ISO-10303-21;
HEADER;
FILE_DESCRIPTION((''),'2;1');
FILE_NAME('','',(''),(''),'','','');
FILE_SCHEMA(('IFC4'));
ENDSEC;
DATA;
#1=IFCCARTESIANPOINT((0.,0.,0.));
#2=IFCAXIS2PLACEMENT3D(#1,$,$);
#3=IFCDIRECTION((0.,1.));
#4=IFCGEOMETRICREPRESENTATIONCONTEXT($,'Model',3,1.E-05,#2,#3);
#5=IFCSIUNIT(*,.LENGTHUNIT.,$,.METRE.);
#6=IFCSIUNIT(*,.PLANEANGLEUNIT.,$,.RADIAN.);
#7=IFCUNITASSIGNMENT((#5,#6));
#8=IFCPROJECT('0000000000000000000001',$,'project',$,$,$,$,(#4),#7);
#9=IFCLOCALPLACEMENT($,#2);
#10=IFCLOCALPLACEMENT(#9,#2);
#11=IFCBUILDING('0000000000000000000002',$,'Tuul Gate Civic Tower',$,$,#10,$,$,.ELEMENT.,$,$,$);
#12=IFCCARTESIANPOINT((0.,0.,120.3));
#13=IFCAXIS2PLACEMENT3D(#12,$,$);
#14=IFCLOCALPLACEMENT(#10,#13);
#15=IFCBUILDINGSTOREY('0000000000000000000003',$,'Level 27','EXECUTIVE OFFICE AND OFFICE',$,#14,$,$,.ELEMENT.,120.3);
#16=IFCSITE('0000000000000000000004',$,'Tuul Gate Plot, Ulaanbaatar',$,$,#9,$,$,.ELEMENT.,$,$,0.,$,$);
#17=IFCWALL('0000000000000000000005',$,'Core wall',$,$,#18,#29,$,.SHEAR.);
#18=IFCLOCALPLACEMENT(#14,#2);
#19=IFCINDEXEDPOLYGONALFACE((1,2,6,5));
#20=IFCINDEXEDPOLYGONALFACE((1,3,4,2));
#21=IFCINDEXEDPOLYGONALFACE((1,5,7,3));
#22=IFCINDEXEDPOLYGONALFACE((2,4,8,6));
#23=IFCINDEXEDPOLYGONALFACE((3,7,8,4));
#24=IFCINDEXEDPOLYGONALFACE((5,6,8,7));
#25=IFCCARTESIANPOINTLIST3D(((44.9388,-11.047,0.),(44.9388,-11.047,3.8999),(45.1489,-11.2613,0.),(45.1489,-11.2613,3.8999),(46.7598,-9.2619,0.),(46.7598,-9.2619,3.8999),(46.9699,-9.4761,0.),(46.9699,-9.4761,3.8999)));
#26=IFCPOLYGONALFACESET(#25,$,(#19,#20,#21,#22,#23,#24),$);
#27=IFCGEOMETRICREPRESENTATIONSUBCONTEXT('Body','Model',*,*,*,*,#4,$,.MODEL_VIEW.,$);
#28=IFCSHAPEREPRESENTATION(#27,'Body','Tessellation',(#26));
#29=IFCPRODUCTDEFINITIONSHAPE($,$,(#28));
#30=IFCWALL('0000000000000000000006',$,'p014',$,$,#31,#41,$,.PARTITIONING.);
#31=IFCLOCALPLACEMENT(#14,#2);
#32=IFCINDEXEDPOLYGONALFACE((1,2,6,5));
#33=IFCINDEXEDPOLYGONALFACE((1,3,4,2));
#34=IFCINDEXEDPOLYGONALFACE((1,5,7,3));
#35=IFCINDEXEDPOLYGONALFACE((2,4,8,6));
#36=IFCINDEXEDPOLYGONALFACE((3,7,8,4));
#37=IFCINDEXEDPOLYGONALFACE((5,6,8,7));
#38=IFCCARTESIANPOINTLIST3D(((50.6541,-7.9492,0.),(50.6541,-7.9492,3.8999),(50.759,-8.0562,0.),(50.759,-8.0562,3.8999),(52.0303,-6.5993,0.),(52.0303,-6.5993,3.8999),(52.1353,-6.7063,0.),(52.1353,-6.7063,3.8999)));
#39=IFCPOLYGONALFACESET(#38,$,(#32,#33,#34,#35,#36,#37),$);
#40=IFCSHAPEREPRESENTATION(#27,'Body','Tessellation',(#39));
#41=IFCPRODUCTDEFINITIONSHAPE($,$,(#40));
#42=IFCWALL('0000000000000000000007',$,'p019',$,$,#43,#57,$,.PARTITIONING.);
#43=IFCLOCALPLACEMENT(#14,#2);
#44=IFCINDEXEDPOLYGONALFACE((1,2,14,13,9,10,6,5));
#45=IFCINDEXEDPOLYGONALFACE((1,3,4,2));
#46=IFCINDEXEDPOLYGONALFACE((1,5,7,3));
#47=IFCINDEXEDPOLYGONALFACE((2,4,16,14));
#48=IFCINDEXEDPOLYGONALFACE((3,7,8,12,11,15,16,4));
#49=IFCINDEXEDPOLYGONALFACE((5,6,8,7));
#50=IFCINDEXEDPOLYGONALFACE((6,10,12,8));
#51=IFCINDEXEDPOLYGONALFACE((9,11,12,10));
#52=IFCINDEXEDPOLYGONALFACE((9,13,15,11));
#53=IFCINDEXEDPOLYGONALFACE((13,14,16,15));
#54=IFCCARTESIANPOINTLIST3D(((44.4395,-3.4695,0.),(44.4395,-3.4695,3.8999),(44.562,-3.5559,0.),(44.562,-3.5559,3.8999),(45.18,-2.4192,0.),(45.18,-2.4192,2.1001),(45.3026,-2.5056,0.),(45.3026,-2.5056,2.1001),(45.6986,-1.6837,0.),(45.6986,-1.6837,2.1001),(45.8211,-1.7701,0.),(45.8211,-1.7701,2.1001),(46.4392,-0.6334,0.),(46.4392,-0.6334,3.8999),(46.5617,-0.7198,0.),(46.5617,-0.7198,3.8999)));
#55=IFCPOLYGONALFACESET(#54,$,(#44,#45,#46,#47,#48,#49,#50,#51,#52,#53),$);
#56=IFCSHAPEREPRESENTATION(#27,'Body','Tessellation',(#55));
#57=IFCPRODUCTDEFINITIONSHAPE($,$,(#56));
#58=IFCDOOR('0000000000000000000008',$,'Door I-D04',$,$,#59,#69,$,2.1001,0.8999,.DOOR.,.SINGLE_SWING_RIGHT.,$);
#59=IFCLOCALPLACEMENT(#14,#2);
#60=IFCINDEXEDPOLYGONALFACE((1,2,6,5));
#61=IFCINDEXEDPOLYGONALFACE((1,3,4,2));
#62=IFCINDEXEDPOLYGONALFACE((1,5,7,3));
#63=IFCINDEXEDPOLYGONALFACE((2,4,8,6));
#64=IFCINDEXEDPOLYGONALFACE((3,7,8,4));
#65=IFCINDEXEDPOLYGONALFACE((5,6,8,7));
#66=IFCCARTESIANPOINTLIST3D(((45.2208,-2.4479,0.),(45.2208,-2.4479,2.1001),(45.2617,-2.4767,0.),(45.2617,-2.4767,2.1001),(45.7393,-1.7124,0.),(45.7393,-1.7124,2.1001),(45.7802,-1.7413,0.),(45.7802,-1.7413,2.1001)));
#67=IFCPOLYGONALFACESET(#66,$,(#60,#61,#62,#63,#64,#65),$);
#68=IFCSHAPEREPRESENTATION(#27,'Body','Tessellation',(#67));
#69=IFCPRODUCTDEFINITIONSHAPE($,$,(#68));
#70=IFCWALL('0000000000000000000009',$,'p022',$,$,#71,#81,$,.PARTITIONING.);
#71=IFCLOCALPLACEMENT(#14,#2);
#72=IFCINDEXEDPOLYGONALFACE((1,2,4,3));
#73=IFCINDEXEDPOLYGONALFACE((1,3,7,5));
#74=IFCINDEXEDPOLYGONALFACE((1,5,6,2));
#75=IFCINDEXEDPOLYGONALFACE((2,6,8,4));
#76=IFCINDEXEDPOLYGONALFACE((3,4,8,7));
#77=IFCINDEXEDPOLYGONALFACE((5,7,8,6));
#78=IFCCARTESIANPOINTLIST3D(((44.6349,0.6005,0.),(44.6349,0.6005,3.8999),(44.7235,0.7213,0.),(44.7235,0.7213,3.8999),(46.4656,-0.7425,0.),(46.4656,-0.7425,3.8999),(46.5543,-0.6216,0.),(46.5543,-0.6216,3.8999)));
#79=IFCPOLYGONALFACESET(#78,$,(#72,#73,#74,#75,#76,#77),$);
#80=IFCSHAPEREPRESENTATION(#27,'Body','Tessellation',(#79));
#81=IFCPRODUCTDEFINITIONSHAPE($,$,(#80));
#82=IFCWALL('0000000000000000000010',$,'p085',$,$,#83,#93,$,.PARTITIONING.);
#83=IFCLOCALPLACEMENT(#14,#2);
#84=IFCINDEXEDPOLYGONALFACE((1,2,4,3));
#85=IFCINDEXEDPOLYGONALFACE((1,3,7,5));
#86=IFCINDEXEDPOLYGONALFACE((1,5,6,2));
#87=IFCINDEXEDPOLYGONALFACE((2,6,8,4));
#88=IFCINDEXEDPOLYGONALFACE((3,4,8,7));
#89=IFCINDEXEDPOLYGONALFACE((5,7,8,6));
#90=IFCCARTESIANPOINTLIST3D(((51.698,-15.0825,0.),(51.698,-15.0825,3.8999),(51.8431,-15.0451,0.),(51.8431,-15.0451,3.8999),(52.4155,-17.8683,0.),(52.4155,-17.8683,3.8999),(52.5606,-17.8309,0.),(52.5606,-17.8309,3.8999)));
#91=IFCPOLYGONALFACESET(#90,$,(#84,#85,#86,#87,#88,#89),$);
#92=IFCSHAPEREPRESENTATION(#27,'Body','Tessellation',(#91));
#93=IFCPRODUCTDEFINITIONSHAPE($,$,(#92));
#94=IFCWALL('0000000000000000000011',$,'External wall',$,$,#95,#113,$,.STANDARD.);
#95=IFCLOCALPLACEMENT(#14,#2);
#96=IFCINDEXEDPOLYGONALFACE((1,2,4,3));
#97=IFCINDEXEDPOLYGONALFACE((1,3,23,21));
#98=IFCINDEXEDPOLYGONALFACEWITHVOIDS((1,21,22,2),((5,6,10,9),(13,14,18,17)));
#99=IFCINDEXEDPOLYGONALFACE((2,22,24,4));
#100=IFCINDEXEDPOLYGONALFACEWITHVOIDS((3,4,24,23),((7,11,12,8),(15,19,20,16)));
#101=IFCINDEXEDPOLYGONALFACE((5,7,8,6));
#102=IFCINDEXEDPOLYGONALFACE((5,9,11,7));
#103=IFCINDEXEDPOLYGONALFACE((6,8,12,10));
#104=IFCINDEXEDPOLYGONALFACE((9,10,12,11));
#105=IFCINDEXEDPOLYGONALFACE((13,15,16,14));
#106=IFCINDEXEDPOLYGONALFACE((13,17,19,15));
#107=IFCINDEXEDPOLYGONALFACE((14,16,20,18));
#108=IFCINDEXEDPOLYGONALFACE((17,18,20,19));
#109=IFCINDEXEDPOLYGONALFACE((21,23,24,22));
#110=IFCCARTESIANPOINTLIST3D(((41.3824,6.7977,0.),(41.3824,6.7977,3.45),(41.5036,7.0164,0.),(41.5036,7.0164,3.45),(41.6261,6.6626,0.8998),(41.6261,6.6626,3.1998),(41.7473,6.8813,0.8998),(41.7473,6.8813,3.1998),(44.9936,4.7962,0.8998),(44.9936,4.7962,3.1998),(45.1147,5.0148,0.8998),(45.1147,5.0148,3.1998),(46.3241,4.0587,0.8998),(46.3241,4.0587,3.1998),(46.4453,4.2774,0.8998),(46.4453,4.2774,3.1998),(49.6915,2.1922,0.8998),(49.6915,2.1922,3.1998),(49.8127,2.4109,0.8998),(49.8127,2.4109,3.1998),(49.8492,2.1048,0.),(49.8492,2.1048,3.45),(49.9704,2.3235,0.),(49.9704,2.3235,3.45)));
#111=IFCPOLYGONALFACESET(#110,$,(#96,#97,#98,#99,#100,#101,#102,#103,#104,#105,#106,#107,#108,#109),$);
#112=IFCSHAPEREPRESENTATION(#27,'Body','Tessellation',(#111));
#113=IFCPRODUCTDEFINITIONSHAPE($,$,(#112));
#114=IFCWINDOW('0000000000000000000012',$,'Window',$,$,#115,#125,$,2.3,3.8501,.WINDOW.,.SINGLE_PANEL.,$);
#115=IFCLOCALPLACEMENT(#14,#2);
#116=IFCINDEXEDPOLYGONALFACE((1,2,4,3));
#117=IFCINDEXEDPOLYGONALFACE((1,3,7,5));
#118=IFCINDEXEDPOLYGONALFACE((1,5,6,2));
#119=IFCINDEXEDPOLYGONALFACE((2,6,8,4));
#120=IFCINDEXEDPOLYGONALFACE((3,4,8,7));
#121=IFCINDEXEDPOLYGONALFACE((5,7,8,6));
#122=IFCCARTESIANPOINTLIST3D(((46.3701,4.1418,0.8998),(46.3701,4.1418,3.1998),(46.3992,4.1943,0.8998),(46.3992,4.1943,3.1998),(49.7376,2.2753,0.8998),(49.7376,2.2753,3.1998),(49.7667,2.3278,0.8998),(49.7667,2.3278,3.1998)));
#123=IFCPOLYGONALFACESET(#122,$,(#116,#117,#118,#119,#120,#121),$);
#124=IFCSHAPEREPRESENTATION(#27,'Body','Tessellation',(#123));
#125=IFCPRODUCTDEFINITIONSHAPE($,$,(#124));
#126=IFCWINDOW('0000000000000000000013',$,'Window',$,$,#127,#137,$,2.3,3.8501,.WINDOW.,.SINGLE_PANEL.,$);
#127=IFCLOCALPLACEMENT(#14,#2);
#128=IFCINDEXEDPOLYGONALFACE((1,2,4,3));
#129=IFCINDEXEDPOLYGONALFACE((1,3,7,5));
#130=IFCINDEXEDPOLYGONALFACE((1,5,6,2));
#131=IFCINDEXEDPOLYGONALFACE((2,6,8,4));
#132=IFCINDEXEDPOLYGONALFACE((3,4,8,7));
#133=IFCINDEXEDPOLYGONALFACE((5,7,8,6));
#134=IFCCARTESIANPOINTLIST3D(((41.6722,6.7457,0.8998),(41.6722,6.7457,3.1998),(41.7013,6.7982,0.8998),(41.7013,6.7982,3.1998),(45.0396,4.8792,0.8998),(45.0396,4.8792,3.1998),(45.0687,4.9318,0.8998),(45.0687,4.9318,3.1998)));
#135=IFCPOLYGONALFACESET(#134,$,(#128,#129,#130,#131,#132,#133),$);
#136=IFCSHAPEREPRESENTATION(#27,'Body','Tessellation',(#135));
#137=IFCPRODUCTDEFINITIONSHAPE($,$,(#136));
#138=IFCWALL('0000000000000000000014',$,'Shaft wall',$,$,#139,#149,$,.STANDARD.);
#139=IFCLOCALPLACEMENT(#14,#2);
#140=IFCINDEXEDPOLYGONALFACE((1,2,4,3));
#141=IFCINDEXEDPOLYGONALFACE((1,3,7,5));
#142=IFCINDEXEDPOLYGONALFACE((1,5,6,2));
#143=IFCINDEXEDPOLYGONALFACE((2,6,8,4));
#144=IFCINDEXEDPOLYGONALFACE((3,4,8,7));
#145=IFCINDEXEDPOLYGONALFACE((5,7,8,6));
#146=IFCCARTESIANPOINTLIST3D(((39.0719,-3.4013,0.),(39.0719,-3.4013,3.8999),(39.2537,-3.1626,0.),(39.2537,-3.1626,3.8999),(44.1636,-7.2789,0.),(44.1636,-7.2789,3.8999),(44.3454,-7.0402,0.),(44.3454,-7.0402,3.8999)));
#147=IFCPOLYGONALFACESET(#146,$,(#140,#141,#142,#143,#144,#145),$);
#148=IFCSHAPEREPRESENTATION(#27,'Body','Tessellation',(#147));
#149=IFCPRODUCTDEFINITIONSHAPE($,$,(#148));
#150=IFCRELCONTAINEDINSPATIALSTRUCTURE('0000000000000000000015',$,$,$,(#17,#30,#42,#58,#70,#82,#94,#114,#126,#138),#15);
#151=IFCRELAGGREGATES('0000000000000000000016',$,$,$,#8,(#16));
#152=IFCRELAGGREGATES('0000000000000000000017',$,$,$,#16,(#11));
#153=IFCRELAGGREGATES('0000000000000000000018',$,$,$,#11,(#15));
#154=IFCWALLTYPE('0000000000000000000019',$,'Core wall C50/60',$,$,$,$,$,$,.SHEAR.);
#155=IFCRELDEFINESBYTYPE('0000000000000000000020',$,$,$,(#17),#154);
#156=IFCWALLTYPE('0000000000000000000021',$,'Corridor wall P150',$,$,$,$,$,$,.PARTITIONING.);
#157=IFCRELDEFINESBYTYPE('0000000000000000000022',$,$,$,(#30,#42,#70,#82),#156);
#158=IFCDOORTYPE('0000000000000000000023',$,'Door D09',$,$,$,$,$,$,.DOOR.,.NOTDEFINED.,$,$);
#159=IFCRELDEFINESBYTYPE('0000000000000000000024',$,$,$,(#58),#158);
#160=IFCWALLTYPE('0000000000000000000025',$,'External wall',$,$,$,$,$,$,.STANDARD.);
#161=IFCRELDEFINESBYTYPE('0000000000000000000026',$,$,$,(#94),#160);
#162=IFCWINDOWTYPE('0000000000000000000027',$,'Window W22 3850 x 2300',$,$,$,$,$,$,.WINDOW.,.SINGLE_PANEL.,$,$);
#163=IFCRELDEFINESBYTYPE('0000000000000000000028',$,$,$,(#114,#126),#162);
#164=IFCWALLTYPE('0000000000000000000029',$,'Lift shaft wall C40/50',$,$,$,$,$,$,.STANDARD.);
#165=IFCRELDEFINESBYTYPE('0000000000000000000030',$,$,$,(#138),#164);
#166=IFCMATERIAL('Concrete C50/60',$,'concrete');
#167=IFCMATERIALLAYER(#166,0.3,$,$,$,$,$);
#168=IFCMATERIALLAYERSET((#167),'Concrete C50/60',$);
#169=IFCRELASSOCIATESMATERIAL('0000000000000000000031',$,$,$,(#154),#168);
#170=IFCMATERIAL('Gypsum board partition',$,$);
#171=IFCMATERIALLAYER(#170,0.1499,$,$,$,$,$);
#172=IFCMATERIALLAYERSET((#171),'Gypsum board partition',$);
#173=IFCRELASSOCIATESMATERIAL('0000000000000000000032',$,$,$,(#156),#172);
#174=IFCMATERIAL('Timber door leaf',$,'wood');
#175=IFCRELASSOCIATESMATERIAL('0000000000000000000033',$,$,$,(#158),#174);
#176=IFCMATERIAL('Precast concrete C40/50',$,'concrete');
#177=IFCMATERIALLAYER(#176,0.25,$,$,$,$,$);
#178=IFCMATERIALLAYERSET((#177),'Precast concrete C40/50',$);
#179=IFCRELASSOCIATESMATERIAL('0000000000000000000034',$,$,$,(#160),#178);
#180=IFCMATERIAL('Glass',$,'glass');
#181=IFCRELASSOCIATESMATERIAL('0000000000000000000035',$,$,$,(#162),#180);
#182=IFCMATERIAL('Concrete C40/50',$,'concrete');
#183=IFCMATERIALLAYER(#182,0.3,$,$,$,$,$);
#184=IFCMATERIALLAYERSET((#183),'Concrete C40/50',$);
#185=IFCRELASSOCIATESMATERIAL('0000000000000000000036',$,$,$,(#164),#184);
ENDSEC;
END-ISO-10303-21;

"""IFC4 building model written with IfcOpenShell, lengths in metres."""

from ifc_helpers import new_model, si_unit, direction, frame, frame_2d, origin, place, context, subcontext, project, spatial, rectangle, extrude, material, layer, layer_set, type_object, element, fill, save


model = new_model("IFC4")

# Units and contexts
model_context = context("Model", 3, precision=1e-05, world=origin(), true_north=direction((0.0, 1.0)))
body_context = subcontext(model_context, "Body", "Model", "MODEL_VIEW")
ifc_project = project(units=[si_unit("LENGTHUNIT", "METRE"), si_unit("PLANEANGLEUNIT", "RADIAN")], contexts=[model_context])

# Site, building, storey
site_placement = place(None, origin())
site = spatial("IfcSite", under=ifc_project, at=site_placement, Name="Tuul Gate Plot, Ulaanbaatar", CompositionType="ELEMENT", RefElevation=0.0)
building_placement = place(site_placement, origin())
building = spatial("IfcBuilding", under=site, at=building_placement, Name="Tuul Gate Civic Tower", CompositionType="ELEMENT")
storey_placement = place(building_placement, frame((0.0, 0.0, 120.3)))
storey = spatial("IfcBuildingStorey", under=building, at=storey_placement, Name="Level 27", Description="EXECUTIVE OFFICE AND OFFICE", CompositionType="ELEMENT", Elevation=120.3)

# Shared definitions
ifc_material_1 = material(Name="Concrete C50/60", Category="concrete")
ifc_layer_1 = layer(ifc_material_1, 0.3)
ifc_layer_set_1 = layer_set([ifc_layer_1], Name="Concrete C50/60")
wall_type_1 = type_object("IfcWallType", Name="Core wall C50/60", PredefinedType="SHEAR", material=ifc_layer_set_1)

# Walls
wall_1_placement = place(storey_placement, frame((45.0439, -11.1541, 0.0), z_axis=(0.0, 0.0, 1.0), x_axis=(0.714108, 0.700035, 0.0)))
element("IfcWall", 1, at=wall_1_placement, inside=storey, type_object=wall_type_1, Name="Core wall", PredefinedType="SHEAR", context=body_context, shape_type="SweptSolid", body=[
    extrude(rectangle(XDim=2.55, YDim=0.3, at=frame_2d((1.2749, 0.0))), origin(), (0.0, 0.0, 1.0), 3.8999),
])
ifc_material_2 = material(Name="Gypsum board partition")
ifc_layer_2 = layer(ifc_material_2, 0.1499)
ifc_layer_set_2 = layer_set([ifc_layer_2], Name="Gypsum board partition")
wall_type_2 = type_object("IfcWallType", Name="Corridor wall P150", PredefinedType="PARTITIONING", material=ifc_layer_set_2)
wall_2_placement = place(storey_placement, frame((50.7065, -8.0027, 0.0), z_axis=(0.0, 0.0, 1.0), x_axis=(0.713913, 0.700235, 0.0)))
element("IfcWall", 2, at=wall_2_placement, inside=storey, type_object=wall_type_2, Name="p014", PredefinedType="PARTITIONING", context=body_context, shape_type="SweptSolid", body=[
    extrude(rectangle(XDim=1.9277, YDim=0.1499, at=frame_2d((0.9639, 0.0))), origin(), (0.0, 0.0, 1.0), 3.8999),
])

# Wall, opening, door
wall_3_placement = place(storey_placement, frame((44.5007, -3.5127, 0.0), z_axis=(0.0, 0.0, 1.0), x_axis=(0.576249, 0.817274, 0.0)))
wall_3 = element("IfcWall", 3, at=wall_3_placement, inside=storey, type_object=wall_type_2, Name="p019", PredefinedType="PARTITIONING", context=body_context, shape_type="SweptSolid", body=[
    extrude(rectangle(XDim=3.4702, YDim=0.1499, at=frame_2d((1.7351, 0.0))), origin(), (0.0, 0.0, 1.0), 3.8999),
])
opening_1_placement = place(wall_3_placement, frame((1.2852, 0.0, 0.0)))
opening_1 = element("IfcOpeningElement", 4, at=opening_1_placement, cuts=wall_3, PredefinedType="OPENING", context=body_context, shape_type="SweptSolid", body=[
    extrude(rectangle(XDim=0.8999, YDim=2.1001, at=frame_2d((0.45, 1.05))), frame((0.0, 0.085, 0.0), z_axis=(0.0, -1.0, 0.0), x_axis=(1.0, 0.0, 0.0)), (0.0, 0.0, 1.0), 0.1699),
])
ifc_material_3 = material(Name="Timber door leaf", Category="wood")
door_type_1 = type_object("IfcDoorType", Name="Door D09", OperationType="NOTDEFINED", PredefinedType="DOOR", material=ifc_material_3)
door_1_placement = place(opening_1_placement, frame((0.8999, 0.0, 0.0), z_axis=(0.0, 0.0, 1.0), x_axis=(-1.0, 0.0, 0.0)))
door_1 = element("IfcDoor", 5, at=door_1_placement, inside=storey, type_object=door_type_1, Name="Door I-D04", OperationType="SINGLE_SWING_RIGHT", OverallHeight=2.1001, OverallWidth=0.8999, PredefinedType="DOOR", context=body_context, shape_type="SweptSolid", body=[
    extrude(rectangle(XDim=0.8999, YDim=2.1001, at=frame_2d((0.45, 1.05))), frame((0.0, 0.0249, 0.0), z_axis=(0.0, -1.0, 0.0), x_axis=(1.0, 0.0, 0.0)), (0.0, 0.0, 1.0), 0.05),
])
fill(opening_1, door_1)

# Walls
wall_4_placement = place(storey_placement, frame((44.6792, 0.6609, 0.0), z_axis=(0.0, 0.0, 1.0), x_axis=(0.806316, -0.591485, 0.0)))
element("IfcWall", 6, at=wall_4_placement, inside=storey, type_object=wall_type_2, Name="p022", PredefinedType="PARTITIONING", context=body_context, shape_type="SweptSolid", body=[
    extrude(rectangle(XDim=2.2705, YDim=0.1499, at=frame_2d((1.1353, 0.0))), origin(), (0.0, 0.0, 1.0), 3.8999),
])
wall_5_placement = place(storey_placement, frame((51.7705, -15.0637, 0.0), z_axis=(0.0, 0.0, 1.0), x_axis=(0.249419, -0.968396, 0.0)))
element("IfcWall", 7, at=wall_5_placement, inside=storey, type_object=wall_type_2, Name="p085", PredefinedType="PARTITIONING", context=body_context, shape_type="SweptSolid", body=[
    extrude(rectangle(XDim=2.8767, YDim=0.1499, at=frame_2d((1.4385, 0.0))), origin(), (0.0, 0.0, 1.0), 3.8999),
])

# Wall, openings, windows
ifc_material_4 = material(Name="Precast concrete C40/50", Category="concrete")
ifc_layer_3 = layer(ifc_material_4, 0.25)
ifc_layer_set_3 = layer_set([ifc_layer_3], Name="Precast concrete C40/50")
wall_type_3 = type_object("IfcWallType", Name="External wall", PredefinedType="STANDARD", material=ifc_layer_set_3)
wall_6_placement = place(storey_placement, frame((49.9099, 2.2141, 0.0), z_axis=(0.0, 0.0, 1.0), x_axis=(-0.874635, 0.484782, 0.0)))
wall_6 = element("IfcWall", 8, at=wall_6_placement, inside=storey, type_object=wall_type_3, Name="External wall", PredefinedType="STANDARD", context=body_context, shape_type="SweptSolid", body=[
    extrude(rectangle(XDim=9.6804, YDim=0.25, at=frame_2d((4.8403, 0.0))), origin(), (0.0, 0.0, 1.0), 3.45),
])
opening_2_placement = place(wall_6_placement, frame((0.1804, 0.0, 0.8999)))
opening_2 = element("IfcOpeningElement", 9, at=opening_2_placement, cuts=wall_6, PredefinedType="OPENING", context=body_context, shape_type="SweptSolid", body=[
    extrude(rectangle(XDim=3.8501, YDim=2.3, at=frame_2d((1.925, 1.1499))), frame((0.0, 0.135, 0.0), z_axis=(0.0, -1.0, 0.0), x_axis=(1.0, 0.0, 0.0)), (0.0, 0.0, 1.0), 0.27),
])
opening_3_placement = place(wall_6_placement, frame((5.5518, 0.0, 0.8999)))
opening_3 = element("IfcOpeningElement", 10, at=opening_3_placement, cuts=wall_6, PredefinedType="OPENING", context=body_context, shape_type="SweptSolid", body=[
    extrude(rectangle(XDim=3.8501, YDim=2.3, at=frame_2d((1.925, 1.1499))), frame((0.0, 0.135, 0.0), z_axis=(0.0, -1.0, 0.0), x_axis=(1.0, 0.0, 0.0)), (0.0, 0.0, 1.0), 0.27),
])
ifc_material_5 = material(Name="Glass", Category="glass")
window_type = type_object("IfcWindowType", Name="Window W22 3850 x 2300", PartitioningType="SINGLE_PANEL", PredefinedType="WINDOW", material=ifc_material_5)
window_1_placement = place(opening_2_placement, origin())
window_1 = element("IfcWindow", 11, at=window_1_placement, inside=storey, type_object=window_type, Name="Window", OverallHeight=2.3, OverallWidth=3.8501, PartitioningType="SINGLE_PANEL", PredefinedType="WINDOW", context=body_context, shape_type="SweptSolid", body=[
    extrude(rectangle(XDim=3.8501, YDim=2.3, at=frame_2d((1.925, 1.1499))), frame((0.0, 0.03, 0.0), z_axis=(0.0, -1.0, 0.0), x_axis=(1.0, 0.0, 0.0)), (0.0, 0.0, 1.0), 0.0601),
])
fill(opening_2, window_1)
window_2_placement = place(opening_3_placement, origin())
window_2 = element("IfcWindow", 12, at=window_2_placement, inside=storey, type_object=window_type, Name="Window", OverallHeight=2.3, OverallWidth=3.8501, PartitioningType="SINGLE_PANEL", PredefinedType="WINDOW", context=body_context, shape_type="SweptSolid", body=[
    extrude(rectangle(XDim=3.8501, YDim=2.3, at=frame_2d((1.925, 1.1499))), frame((0.0, 0.03, 0.0), z_axis=(0.0, -1.0, 0.0), x_axis=(1.0, 0.0, 0.0)), (0.0, 0.0, 1.0), 0.0601),
])
fill(opening_3, window_2)

# Wall
ifc_material_6 = material(Name="Concrete C40/50", Category="concrete")
ifc_layer_4 = layer(ifc_material_6, 0.3)
ifc_layer_set_4 = layer_set([ifc_layer_4], Name="Concrete C40/50")
wall_type_4 = type_object("IfcWallType", Name="Lift shaft wall C40/50", PredefinedType="STANDARD", material=ifc_layer_set_4)
wall_7_placement = place(storey_placement, frame((44.2546, -7.1597, 0.0), z_axis=(0.0, 0.0, 1.0), x_axis=(-0.795566, 0.605867, 0.0)))
element("IfcWall", 13, at=wall_7_placement, inside=storey, type_object=wall_type_4, Name="Shaft wall", PredefinedType="STANDARD", context=body_context, shape_type="SweptSolid", body=[
    extrude(rectangle(XDim=6.4001, YDim=0.3, at=frame_2d((3.2002, 0.0))), origin(), (0.0, 0.0, 1.0), 3.8999),
])

save(model, "model.ifc")
